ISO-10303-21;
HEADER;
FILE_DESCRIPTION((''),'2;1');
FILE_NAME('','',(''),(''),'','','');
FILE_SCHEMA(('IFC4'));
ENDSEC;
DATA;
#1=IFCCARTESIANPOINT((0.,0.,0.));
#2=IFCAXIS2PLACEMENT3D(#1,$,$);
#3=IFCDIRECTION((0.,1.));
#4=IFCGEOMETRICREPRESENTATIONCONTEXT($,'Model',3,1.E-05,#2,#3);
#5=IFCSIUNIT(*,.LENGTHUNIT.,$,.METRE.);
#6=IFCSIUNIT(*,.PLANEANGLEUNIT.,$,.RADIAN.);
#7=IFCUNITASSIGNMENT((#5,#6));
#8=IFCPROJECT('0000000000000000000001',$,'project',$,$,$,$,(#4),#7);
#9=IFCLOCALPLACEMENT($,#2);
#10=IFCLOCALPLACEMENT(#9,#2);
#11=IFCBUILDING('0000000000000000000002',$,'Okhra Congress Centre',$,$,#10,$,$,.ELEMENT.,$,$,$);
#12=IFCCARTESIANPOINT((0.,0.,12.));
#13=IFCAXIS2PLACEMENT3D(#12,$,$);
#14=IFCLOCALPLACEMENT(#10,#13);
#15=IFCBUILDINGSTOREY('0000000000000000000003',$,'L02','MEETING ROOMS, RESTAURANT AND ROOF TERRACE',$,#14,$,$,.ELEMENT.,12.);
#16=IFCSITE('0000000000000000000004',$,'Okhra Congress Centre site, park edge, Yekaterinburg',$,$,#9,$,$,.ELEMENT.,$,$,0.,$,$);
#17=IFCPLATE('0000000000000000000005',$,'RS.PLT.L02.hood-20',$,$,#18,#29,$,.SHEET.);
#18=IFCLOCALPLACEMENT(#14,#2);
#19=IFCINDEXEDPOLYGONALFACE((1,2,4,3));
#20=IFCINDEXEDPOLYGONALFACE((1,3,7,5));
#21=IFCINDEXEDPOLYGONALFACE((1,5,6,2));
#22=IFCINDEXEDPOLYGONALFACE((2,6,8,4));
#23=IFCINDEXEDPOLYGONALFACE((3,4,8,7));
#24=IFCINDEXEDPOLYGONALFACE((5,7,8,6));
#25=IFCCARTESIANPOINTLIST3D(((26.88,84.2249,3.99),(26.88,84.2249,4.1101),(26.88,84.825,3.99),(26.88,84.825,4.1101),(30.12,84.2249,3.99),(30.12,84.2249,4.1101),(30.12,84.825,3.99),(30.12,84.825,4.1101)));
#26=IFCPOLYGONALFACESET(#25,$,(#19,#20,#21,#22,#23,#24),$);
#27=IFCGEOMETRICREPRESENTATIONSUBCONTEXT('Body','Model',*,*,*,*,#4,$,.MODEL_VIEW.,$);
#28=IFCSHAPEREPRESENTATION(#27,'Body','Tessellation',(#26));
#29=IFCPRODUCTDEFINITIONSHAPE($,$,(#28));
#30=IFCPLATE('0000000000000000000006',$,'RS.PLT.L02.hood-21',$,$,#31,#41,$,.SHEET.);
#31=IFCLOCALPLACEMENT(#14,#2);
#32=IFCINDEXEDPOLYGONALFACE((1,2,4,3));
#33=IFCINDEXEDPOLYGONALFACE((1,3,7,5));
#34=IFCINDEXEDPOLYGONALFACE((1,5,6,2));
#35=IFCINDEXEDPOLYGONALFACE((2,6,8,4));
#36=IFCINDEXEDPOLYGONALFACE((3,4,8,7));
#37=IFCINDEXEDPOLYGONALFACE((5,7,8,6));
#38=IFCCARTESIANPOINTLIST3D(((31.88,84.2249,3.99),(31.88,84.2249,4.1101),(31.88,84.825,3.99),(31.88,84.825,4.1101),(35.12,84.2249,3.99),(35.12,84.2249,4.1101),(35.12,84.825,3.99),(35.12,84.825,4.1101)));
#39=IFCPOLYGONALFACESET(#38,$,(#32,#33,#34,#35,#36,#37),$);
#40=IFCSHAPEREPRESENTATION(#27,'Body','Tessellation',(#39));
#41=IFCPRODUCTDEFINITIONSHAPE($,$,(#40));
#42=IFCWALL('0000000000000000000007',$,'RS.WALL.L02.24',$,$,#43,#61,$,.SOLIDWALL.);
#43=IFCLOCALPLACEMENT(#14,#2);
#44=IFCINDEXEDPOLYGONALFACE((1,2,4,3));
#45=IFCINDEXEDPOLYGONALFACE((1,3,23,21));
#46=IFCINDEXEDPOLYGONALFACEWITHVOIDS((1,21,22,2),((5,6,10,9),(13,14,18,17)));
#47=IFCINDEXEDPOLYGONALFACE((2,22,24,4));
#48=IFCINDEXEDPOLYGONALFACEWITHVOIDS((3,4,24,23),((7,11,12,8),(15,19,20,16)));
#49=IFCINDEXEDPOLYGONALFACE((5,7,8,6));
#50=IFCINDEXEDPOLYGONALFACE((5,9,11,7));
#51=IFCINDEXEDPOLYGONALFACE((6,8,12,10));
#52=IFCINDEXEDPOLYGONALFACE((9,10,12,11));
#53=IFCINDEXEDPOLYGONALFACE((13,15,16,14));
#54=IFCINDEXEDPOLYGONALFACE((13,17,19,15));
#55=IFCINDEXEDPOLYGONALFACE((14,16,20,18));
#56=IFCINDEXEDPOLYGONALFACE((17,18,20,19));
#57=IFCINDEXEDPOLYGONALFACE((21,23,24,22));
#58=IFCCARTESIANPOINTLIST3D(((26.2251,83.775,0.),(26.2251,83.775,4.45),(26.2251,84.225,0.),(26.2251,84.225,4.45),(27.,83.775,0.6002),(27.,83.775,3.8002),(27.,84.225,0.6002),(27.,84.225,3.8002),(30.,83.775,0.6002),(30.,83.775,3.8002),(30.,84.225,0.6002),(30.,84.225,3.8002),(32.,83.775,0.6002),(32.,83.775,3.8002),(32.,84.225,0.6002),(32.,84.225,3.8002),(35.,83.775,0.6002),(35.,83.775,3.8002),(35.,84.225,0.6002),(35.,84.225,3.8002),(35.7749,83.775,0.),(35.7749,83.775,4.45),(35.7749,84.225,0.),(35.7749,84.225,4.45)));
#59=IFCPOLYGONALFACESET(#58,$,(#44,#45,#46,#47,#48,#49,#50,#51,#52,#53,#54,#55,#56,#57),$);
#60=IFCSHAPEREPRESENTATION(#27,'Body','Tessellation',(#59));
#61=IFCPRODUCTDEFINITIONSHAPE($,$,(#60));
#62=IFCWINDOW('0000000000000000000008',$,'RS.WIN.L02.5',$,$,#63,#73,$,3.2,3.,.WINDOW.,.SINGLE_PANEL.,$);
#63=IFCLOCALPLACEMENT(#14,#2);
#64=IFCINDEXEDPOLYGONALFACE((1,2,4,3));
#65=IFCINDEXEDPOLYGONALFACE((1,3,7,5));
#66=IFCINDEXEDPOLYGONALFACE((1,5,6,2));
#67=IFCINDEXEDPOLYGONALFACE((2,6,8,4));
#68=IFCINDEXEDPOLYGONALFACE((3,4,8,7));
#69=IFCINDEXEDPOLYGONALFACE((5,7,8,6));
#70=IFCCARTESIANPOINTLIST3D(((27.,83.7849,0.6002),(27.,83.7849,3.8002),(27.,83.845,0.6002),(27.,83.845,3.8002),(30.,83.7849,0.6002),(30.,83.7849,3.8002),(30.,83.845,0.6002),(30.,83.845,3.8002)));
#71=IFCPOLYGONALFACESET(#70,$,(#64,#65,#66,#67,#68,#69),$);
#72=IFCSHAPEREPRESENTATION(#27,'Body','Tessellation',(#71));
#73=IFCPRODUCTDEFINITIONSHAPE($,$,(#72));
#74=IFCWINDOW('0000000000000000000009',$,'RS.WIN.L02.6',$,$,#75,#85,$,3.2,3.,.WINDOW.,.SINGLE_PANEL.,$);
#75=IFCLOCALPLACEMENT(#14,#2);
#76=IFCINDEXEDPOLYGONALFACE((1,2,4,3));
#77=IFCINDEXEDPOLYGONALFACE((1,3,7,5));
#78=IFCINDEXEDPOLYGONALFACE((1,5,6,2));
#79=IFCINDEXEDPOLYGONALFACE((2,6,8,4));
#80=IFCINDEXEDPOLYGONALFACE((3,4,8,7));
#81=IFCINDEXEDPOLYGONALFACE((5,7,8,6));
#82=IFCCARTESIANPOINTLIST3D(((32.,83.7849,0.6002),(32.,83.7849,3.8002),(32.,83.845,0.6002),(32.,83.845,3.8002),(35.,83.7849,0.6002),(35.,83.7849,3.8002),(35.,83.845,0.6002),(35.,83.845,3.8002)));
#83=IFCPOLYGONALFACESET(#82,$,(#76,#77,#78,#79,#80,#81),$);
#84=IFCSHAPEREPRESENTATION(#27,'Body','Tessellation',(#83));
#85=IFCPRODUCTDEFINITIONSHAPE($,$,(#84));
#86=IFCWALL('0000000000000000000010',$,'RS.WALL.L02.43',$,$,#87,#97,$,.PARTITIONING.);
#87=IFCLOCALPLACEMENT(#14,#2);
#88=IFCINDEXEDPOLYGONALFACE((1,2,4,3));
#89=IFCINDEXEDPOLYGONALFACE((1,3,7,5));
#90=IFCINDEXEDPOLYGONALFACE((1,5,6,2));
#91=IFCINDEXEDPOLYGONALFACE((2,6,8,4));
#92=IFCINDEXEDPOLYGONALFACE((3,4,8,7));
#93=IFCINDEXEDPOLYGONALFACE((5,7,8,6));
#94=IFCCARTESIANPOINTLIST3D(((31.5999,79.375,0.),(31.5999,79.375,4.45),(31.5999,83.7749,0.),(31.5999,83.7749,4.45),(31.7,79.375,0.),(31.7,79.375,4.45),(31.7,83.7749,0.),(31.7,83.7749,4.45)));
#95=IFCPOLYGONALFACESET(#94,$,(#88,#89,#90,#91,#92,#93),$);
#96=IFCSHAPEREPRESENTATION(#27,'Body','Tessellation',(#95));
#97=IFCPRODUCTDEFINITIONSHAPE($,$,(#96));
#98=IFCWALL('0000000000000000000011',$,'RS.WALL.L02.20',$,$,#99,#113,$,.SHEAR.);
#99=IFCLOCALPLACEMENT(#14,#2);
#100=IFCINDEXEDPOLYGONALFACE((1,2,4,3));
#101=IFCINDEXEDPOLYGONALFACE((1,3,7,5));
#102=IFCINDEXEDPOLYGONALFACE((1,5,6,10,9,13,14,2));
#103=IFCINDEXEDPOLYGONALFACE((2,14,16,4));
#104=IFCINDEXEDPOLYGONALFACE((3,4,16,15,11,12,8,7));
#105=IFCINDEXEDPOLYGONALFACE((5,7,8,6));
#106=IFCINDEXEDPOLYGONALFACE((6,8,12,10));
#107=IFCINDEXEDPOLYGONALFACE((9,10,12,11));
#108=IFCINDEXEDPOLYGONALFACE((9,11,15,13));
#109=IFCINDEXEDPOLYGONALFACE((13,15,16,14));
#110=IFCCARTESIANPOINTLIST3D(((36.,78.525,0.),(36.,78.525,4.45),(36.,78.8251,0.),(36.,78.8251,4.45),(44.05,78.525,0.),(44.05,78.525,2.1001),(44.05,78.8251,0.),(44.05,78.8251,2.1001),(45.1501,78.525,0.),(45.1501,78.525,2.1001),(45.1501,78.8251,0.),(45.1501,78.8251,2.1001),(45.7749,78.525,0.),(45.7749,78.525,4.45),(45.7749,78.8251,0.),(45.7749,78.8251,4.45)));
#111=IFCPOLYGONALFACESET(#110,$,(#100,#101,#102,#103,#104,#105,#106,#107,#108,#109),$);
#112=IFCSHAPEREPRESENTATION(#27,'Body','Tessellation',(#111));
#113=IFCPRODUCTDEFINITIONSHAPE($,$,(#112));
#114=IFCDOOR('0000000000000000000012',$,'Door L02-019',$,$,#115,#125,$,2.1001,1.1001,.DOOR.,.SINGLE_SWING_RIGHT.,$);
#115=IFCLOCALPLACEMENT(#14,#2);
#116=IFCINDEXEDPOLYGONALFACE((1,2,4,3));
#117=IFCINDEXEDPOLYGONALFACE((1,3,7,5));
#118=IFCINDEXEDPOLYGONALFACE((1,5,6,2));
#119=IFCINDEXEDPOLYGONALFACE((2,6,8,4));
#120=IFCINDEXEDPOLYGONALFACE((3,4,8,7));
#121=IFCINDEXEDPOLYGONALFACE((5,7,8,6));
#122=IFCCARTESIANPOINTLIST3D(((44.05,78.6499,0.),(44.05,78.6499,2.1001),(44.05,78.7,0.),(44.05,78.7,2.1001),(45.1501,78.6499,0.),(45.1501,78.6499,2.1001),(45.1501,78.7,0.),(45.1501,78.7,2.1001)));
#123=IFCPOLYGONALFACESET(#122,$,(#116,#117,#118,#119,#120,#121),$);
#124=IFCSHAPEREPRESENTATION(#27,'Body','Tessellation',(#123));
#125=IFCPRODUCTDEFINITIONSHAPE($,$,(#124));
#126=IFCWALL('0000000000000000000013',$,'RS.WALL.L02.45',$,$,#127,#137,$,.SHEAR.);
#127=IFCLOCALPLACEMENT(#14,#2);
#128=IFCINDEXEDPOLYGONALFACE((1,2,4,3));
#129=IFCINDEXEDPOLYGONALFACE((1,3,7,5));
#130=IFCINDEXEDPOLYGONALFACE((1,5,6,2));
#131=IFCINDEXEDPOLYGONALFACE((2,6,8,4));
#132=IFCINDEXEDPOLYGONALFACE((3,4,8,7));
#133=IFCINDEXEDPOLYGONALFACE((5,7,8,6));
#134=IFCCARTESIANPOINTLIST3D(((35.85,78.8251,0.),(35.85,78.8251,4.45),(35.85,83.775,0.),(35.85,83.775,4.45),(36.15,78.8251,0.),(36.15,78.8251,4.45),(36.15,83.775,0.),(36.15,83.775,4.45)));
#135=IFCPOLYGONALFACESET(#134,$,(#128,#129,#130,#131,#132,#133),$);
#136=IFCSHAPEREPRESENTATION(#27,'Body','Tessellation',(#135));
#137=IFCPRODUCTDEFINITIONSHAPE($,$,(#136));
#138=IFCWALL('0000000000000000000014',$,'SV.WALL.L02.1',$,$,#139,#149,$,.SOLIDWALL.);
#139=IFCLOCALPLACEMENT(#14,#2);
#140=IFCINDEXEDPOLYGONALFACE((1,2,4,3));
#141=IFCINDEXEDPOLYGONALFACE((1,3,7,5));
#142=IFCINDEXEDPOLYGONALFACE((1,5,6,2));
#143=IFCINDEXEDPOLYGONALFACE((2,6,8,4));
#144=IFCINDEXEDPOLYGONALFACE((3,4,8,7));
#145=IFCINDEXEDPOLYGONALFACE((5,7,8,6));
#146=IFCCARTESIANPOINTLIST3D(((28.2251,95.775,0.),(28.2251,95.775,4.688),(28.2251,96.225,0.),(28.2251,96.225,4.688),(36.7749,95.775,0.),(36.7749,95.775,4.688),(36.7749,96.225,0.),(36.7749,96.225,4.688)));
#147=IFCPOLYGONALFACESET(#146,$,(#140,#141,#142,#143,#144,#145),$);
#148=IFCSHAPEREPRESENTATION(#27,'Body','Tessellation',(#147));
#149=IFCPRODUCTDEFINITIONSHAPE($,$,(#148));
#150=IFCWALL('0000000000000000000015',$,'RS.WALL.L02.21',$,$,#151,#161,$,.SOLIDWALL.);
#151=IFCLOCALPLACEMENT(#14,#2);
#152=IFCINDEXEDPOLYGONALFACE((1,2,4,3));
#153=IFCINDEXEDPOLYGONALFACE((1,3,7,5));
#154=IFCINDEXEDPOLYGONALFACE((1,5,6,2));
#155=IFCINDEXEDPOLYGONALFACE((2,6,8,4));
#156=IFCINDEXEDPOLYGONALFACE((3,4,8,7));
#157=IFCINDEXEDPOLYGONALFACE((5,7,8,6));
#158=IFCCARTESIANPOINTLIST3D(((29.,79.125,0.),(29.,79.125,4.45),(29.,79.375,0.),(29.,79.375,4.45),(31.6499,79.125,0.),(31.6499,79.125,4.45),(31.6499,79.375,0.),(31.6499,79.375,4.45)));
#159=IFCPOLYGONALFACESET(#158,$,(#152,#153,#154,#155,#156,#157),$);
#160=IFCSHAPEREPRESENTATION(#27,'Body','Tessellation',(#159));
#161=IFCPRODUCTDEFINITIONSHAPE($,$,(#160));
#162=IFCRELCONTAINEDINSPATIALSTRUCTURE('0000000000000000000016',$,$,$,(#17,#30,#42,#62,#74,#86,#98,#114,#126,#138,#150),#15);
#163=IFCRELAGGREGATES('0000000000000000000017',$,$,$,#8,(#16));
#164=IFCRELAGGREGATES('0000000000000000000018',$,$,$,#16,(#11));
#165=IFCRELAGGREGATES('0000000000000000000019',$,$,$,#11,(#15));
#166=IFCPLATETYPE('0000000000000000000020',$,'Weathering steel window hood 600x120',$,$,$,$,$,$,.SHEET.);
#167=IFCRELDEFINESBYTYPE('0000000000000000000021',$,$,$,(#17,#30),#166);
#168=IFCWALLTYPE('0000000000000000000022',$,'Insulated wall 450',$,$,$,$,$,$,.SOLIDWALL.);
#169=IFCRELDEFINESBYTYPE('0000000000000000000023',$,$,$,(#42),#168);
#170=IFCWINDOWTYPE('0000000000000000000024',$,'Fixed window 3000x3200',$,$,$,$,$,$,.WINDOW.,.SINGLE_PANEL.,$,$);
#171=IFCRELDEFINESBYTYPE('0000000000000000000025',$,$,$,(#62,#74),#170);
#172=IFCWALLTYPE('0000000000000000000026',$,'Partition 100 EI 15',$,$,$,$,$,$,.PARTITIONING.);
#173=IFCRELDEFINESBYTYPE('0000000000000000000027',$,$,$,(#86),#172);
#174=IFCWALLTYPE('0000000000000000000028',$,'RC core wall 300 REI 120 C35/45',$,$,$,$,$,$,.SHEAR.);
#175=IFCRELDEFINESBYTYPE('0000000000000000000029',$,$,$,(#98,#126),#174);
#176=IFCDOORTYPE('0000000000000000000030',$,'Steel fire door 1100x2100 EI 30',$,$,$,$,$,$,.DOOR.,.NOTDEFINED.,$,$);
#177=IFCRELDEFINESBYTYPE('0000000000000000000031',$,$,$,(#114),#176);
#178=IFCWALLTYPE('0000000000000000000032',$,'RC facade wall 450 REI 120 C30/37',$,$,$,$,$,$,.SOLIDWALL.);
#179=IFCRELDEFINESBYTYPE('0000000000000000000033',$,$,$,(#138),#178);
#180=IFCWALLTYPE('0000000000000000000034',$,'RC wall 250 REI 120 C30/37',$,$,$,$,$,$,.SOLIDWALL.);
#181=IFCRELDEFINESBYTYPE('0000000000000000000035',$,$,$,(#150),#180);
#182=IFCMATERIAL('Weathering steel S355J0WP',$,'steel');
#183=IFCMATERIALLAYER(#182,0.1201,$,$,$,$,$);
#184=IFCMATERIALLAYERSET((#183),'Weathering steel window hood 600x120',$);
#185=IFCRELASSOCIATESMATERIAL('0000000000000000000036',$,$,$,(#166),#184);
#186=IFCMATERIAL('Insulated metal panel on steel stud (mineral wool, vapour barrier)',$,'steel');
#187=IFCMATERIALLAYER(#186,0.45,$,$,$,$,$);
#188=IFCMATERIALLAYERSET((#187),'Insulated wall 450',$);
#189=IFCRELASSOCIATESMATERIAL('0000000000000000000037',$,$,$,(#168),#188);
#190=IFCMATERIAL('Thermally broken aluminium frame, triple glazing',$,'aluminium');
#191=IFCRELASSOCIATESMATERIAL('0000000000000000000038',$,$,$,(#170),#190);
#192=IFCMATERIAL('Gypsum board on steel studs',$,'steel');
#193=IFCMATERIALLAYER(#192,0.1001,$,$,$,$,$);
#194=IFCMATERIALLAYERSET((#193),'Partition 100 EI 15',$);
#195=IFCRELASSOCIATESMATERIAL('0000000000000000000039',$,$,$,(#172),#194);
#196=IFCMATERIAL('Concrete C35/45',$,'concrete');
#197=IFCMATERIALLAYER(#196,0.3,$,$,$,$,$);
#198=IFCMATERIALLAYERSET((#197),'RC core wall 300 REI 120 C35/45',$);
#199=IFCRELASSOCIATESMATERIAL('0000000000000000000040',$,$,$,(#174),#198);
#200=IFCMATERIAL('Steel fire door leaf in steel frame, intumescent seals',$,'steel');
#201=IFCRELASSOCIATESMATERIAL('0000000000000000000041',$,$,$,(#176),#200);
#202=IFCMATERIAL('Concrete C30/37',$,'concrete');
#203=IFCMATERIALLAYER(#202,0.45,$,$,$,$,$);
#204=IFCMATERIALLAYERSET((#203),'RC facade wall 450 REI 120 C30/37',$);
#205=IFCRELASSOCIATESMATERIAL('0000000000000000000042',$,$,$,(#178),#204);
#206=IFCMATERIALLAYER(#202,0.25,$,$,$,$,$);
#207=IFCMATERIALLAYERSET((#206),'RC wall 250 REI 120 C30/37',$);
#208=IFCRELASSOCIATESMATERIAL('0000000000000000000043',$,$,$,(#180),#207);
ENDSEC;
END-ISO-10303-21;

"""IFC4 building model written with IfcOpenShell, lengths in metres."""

from ifc_helpers import new_model, si_unit, direction, frame, frame_2d, origin, origin_2d, place, context, subcontext, project, spatial, rectangle, extrude, material, layer, layer_set, type_object, element, fill, save


model = new_model("IFC4")

# Units and contexts
model_context = context("Model", 3, precision=1e-05, world=origin(), true_north=direction((0.0, 1.0)))
body_context = subcontext(model_context, "Body", "Model", "MODEL_VIEW")
ifc_project = project(units=[si_unit("LENGTHUNIT", "METRE"), si_unit("PLANEANGLEUNIT", "RADIAN")], contexts=[model_context])

# Site, building, storey
site_placement = place(None, origin())
site = spatial("IfcSite", under=ifc_project, at=site_placement, Name="Okhra Congress Centre site, park edge, Yekaterinburg", CompositionType="ELEMENT", RefElevation=0.0)
building_placement = place(site_placement, origin())
building = spatial("IfcBuilding", under=site, at=building_placement, Name="Okhra Congress Centre", CompositionType="ELEMENT")
storey_placement = place(building_placement, frame((0.0, 0.0, 12.0)))
storey = spatial("IfcBuildingStorey", under=building, at=storey_placement, Name="L02", Description="MEETING ROOMS, RESTAURANT AND ROOF TERRACE", CompositionType="ELEMENT", Elevation=12.0)

# Shared definitions
ifc_material_1 = material(Name="Concrete C35/45", Category="concrete")

# Shared definitions
ifc_material_2 = material(Name="Concrete C30/37", Category="concrete")

# Plates
ifc_material_3 = material(Name="Weathering steel S355J0WP", Category="steel")
ifc_layer_1 = layer(ifc_material_3, 0.1201)
ifc_layer_set_1 = layer_set([ifc_layer_1], Name="Weathering steel window hood 600x120")
plate_type_1 = type_object("IfcPlateType", Name="Weathering steel window hood 600x120", PredefinedType="SHEET", material=ifc_layer_set_1)
for number, where, z_axis, x_axis, name in (
    (1, (28.5, 84.5249, 3.99), (0.0, 0.0, 1.0), (-1.0, 0.0, 0.0), "RS.PLT.L02.hood-20"),
    (2, (33.5, 84.5249, 3.99), (0.0, 0.0, 1.0), (-1.0, 0.0, 0.0), "RS.PLT.L02.hood-21"),
):
    element("IfcPlate", number, at=place(storey_placement, frame(where, z_axis=z_axis, x_axis=x_axis)), inside=storey, type_object=plate_type_1, Name=name, PredefinedType="SHEET", context=body_context, shape_type="SweptSolid", body=[
        extrude(rectangle(XDim=3.24, YDim=0.6001, at=origin_2d()), origin(), (0.0, 0.0, 1.0), 0.1201),
    ])

# Wall, openings, windows
ifc_material_4 = material(Name="Insulated metal panel on steel stud (mineral wool, vapour barrier)", Category="steel")
ifc_layer_2 = layer(ifc_material_4, 0.45)
ifc_layer_set_2 = layer_set([ifc_layer_2], Name="Insulated wall 450")
wall_type_1 = type_object("IfcWallType", Name="Insulated wall 450", PredefinedType="SOLIDWALL", material=ifc_layer_set_2)
wall_1_placement = place(storey_placement, frame((35.7749, 84.0, 0.0), z_axis=(0.0, 0.0, 1.0), x_axis=(-1.0, 0.0, 0.0)))
wall_1 = element("IfcWall", 3, at=wall_1_placement, inside=storey, type_object=wall_type_1, Name="RS.WALL.L02.24", PredefinedType="SOLIDWALL", context=body_context, shape_type="SweptSolid", body=[
    extrude(rectangle(XDim=9.5498, YDim=0.45, at=frame_2d((4.7749, 0.0))), origin(), (0.0, 0.0, 1.0), 4.45),
])
opening_1_placement = place(wall_1_placement, frame((5.7749, 0.0, 0.6001)))
opening_1 = element("IfcOpeningElement", 4, at=opening_1_placement, cuts=wall_1, PredefinedType="OPENING", context=body_context, shape_type="SweptSolid", body=[
    extrude(rectangle(XDim=3.0, YDim=3.2, at=frame_2d((1.5, 1.6001))), frame((0.0, 0.2349, 0.0), z_axis=(0.0, -1.0, 0.0), x_axis=(1.0, 0.0, 0.0)), (0.0, 0.0, 1.0), 0.47),
])
opening_2_placement = place(wall_1_placement, frame((0.7749, 0.0, 0.6001)))
opening_2 = element("IfcOpeningElement", 5, at=opening_2_placement, cuts=wall_1, PredefinedType="OPENING", context=body_context, shape_type="SweptSolid", body=[
    extrude(rectangle(XDim=3.0, YDim=3.2, at=frame_2d((1.5, 1.6001))), frame((0.0, 0.2349, 0.0), z_axis=(0.0, -1.0, 0.0), x_axis=(1.0, 0.0, 0.0)), (0.0, 0.0, 1.0), 0.47),
])
ifc_material_5 = material(Name="Thermally broken aluminium frame, triple glazing", Category="aluminium")
window_type = type_object("IfcWindowType", Name="Fixed window 3000x3200", PartitioningType="SINGLE_PANEL", PredefinedType="WINDOW", material=ifc_material_5)
window_1_placement = place(opening_1_placement, origin())
window_1 = element("IfcWindow", 6, at=window_1_placement, inside=storey, type_object=window_type, Name="RS.WIN.L02.5", OverallHeight=3.2, OverallWidth=3.0, PartitioningType="SINGLE_PANEL", PredefinedType="WINDOW", context=body_context, shape_type="SweptSolid", body=[
    extrude(rectangle(XDim=3.0, YDim=3.2, at=frame_2d((1.5, 1.6001))), frame((0.0, 0.2151, 0.0), z_axis=(0.0, -1.0, 0.0), x_axis=(1.0, 0.0, 0.0)), (0.0, 0.0, 1.0), 0.0601),
])
fill(opening_1, window_1)
window_2_placement = place(opening_2_placement, origin())
window_2 = element("IfcWindow", 7, at=window_2_placement, inside=storey, type_object=window_type, Name="RS.WIN.L02.6", OverallHeight=3.2, OverallWidth=3.0, PartitioningType="SINGLE_PANEL", PredefinedType="WINDOW", context=body_context, shape_type="SweptSolid", body=[
    extrude(rectangle(XDim=3.0, YDim=3.2, at=frame_2d((1.5, 1.6001))), frame((0.0, 0.2151, 0.0), z_axis=(0.0, -1.0, 0.0), x_axis=(1.0, 0.0, 0.0)), (0.0, 0.0, 1.0), 0.0601),
])
fill(opening_2, window_2)

# Wall
ifc_material_6 = material(Name="Gypsum board on steel studs", Category="steel")
ifc_layer_3 = layer(ifc_material_6, 0.1001)
ifc_layer_set_3 = layer_set([ifc_layer_3], Name="Partition 100 EI 15")
wall_type_2 = type_object("IfcWallType", Name="Partition 100 EI 15", PredefinedType="PARTITIONING", material=ifc_layer_set_3)
wall_2_placement = place(storey_placement, frame((31.6499, 79.375, 0.0), z_axis=(0.0, 0.0, 1.0), x_axis=(0.0, 1.0, 0.0)))
element("IfcWall", 8, at=wall_2_placement, inside=storey, type_object=wall_type_2, Name="RS.WALL.L02.43", PredefinedType="PARTITIONING", context=body_context, shape_type="SweptSolid", body=[
    extrude(rectangle(XDim=4.3999, YDim=0.1001, at=frame_2d((2.2, 0.0))), origin(), (0.0, 0.0, 1.0), 4.45),
])

# Wall, opening, door
ifc_layer_4 = layer(ifc_material_1, 0.3)
ifc_layer_set_4 = layer_set([ifc_layer_4], Name="RC core wall 300 REI 120 C35/45")
wall_type_3 = type_object("IfcWallType", Name="RC core wall 300 REI 120 C35/45", PredefinedType="SHEAR", material=ifc_layer_set_4)
wall_3_placement = place(storey_placement, frame((36.0, 78.675, 0.0), z_axis=(0.0, 0.0, 1.0), x_axis=(1.0, 0.0, 0.0)))
wall_3 = element("IfcWall", 9, at=wall_3_placement, inside=storey, type_object=wall_type_3, Name="RS.WALL.L02.20", PredefinedType="SHEAR", context=body_context, shape_type="SweptSolid", body=[
    extrude(rectangle(XDim=9.7749, YDim=0.3, at=frame_2d((4.8875, 0.0))), origin(), (0.0, 0.0, 1.0), 4.45),
])
opening_3_placement = place(wall_3_placement, frame((8.05, 0.0, 0.0)))
opening_3 = element("IfcOpeningElement", 10, at=opening_3_placement, cuts=wall_3, PredefinedType="OPENING", context=body_context, shape_type="SweptSolid", body=[
    extrude(rectangle(XDim=1.1001, YDim=2.1001, at=frame_2d((0.55, 1.05))), frame((0.0, 0.1599, 0.0), z_axis=(0.0, -1.0, 0.0), x_axis=(1.0, 0.0, 0.0)), (0.0, 0.0, 1.0), 0.3201),
])
ifc_material_7 = material(Name="Steel fire door leaf in steel frame, intumescent seals", Category="steel")
door_type = type_object("IfcDoorType", Name="Steel fire door 1100x2100 EI 30", OperationType="NOTDEFINED", PredefinedType="DOOR", material=ifc_material_7)
door_placement = place(opening_3_placement, origin())
door = element("IfcDoor", 11, at=door_placement, inside=storey, type_object=door_type, Name="Door L02-019", OperationType="SINGLE_SWING_RIGHT", OverallHeight=2.1001, OverallWidth=1.1001, PredefinedType="DOOR", context=body_context, shape_type="SweptSolid", body=[
    extrude(rectangle(XDim=1.1001, YDim=2.1001, at=frame_2d((0.55, 1.05))), frame((0.0, 0.0249, 0.0), z_axis=(0.0, -1.0, 0.0), x_axis=(1.0, 0.0, 0.0)), (0.0, 0.0, 1.0), 0.05),
])
fill(opening_3, door)

# Walls
wall_4_placement = place(storey_placement, frame((36.0, 78.825, 0.0), z_axis=(0.0, 0.0, 1.0), x_axis=(0.0, 1.0, 0.0)))
element("IfcWall", 12, at=wall_4_placement, inside=storey, type_object=wall_type_3, Name="RS.WALL.L02.45", PredefinedType="SHEAR", context=body_context, shape_type="SweptSolid", body=[
    extrude(rectangle(XDim=4.95, YDim=0.3, at=frame_2d((2.4751, 0.0))), origin(), (0.0, 0.0, 1.0), 4.45),
])
ifc_layer_5 = layer(ifc_material_2, 0.45)
ifc_layer_set_5 = layer_set([ifc_layer_5], Name="RC facade wall 450 REI 120 C30/37")
wall_type_4 = type_object("IfcWallType", Name="RC facade wall 450 REI 120 C30/37", PredefinedType="SOLIDWALL", material=ifc_layer_set_5)
wall_5_placement = place(storey_placement, frame((28.2251, 96.0, 0.0), z_axis=(0.0, 0.0, 1.0), x_axis=(1.0, 0.0, 0.0)))
element("IfcWall", 13, at=wall_5_placement, inside=storey, type_object=wall_type_4, Name="SV.WALL.L02.1", PredefinedType="SOLIDWALL", context=body_context, shape_type="SweptSolid", body=[
    extrude(rectangle(XDim=8.5498, YDim=0.45, at=frame_2d((4.2749, 0.0))), origin(), (0.0, 0.0, 1.0), 4.688),
])
ifc_layer_6 = layer(ifc_material_2, 0.25)
ifc_layer_set_6 = layer_set([ifc_layer_6], Name="RC wall 250 REI 120 C30/37")
wall_type_5 = type_object("IfcWallType", Name="RC wall 250 REI 120 C30/37", PredefinedType="SOLIDWALL", material=ifc_layer_set_6)
wall_6_placement = place(storey_placement, frame((29.0, 79.25, 0.0), z_axis=(0.0, 0.0, 1.0), x_axis=(1.0, 0.0, 0.0)))
element("IfcWall", 14, at=wall_6_placement, inside=storey, type_object=wall_type_5, Name="RS.WALL.L02.21", PredefinedType="SOLIDWALL", context=body_context, shape_type="SweptSolid", body=[
    extrude(rectangle(XDim=2.6499, YDim=0.25, at=frame_2d((1.325, 0.0))), origin(), (0.0, 0.0, 1.0), 4.45),
])

save(model, "model.ifc")
